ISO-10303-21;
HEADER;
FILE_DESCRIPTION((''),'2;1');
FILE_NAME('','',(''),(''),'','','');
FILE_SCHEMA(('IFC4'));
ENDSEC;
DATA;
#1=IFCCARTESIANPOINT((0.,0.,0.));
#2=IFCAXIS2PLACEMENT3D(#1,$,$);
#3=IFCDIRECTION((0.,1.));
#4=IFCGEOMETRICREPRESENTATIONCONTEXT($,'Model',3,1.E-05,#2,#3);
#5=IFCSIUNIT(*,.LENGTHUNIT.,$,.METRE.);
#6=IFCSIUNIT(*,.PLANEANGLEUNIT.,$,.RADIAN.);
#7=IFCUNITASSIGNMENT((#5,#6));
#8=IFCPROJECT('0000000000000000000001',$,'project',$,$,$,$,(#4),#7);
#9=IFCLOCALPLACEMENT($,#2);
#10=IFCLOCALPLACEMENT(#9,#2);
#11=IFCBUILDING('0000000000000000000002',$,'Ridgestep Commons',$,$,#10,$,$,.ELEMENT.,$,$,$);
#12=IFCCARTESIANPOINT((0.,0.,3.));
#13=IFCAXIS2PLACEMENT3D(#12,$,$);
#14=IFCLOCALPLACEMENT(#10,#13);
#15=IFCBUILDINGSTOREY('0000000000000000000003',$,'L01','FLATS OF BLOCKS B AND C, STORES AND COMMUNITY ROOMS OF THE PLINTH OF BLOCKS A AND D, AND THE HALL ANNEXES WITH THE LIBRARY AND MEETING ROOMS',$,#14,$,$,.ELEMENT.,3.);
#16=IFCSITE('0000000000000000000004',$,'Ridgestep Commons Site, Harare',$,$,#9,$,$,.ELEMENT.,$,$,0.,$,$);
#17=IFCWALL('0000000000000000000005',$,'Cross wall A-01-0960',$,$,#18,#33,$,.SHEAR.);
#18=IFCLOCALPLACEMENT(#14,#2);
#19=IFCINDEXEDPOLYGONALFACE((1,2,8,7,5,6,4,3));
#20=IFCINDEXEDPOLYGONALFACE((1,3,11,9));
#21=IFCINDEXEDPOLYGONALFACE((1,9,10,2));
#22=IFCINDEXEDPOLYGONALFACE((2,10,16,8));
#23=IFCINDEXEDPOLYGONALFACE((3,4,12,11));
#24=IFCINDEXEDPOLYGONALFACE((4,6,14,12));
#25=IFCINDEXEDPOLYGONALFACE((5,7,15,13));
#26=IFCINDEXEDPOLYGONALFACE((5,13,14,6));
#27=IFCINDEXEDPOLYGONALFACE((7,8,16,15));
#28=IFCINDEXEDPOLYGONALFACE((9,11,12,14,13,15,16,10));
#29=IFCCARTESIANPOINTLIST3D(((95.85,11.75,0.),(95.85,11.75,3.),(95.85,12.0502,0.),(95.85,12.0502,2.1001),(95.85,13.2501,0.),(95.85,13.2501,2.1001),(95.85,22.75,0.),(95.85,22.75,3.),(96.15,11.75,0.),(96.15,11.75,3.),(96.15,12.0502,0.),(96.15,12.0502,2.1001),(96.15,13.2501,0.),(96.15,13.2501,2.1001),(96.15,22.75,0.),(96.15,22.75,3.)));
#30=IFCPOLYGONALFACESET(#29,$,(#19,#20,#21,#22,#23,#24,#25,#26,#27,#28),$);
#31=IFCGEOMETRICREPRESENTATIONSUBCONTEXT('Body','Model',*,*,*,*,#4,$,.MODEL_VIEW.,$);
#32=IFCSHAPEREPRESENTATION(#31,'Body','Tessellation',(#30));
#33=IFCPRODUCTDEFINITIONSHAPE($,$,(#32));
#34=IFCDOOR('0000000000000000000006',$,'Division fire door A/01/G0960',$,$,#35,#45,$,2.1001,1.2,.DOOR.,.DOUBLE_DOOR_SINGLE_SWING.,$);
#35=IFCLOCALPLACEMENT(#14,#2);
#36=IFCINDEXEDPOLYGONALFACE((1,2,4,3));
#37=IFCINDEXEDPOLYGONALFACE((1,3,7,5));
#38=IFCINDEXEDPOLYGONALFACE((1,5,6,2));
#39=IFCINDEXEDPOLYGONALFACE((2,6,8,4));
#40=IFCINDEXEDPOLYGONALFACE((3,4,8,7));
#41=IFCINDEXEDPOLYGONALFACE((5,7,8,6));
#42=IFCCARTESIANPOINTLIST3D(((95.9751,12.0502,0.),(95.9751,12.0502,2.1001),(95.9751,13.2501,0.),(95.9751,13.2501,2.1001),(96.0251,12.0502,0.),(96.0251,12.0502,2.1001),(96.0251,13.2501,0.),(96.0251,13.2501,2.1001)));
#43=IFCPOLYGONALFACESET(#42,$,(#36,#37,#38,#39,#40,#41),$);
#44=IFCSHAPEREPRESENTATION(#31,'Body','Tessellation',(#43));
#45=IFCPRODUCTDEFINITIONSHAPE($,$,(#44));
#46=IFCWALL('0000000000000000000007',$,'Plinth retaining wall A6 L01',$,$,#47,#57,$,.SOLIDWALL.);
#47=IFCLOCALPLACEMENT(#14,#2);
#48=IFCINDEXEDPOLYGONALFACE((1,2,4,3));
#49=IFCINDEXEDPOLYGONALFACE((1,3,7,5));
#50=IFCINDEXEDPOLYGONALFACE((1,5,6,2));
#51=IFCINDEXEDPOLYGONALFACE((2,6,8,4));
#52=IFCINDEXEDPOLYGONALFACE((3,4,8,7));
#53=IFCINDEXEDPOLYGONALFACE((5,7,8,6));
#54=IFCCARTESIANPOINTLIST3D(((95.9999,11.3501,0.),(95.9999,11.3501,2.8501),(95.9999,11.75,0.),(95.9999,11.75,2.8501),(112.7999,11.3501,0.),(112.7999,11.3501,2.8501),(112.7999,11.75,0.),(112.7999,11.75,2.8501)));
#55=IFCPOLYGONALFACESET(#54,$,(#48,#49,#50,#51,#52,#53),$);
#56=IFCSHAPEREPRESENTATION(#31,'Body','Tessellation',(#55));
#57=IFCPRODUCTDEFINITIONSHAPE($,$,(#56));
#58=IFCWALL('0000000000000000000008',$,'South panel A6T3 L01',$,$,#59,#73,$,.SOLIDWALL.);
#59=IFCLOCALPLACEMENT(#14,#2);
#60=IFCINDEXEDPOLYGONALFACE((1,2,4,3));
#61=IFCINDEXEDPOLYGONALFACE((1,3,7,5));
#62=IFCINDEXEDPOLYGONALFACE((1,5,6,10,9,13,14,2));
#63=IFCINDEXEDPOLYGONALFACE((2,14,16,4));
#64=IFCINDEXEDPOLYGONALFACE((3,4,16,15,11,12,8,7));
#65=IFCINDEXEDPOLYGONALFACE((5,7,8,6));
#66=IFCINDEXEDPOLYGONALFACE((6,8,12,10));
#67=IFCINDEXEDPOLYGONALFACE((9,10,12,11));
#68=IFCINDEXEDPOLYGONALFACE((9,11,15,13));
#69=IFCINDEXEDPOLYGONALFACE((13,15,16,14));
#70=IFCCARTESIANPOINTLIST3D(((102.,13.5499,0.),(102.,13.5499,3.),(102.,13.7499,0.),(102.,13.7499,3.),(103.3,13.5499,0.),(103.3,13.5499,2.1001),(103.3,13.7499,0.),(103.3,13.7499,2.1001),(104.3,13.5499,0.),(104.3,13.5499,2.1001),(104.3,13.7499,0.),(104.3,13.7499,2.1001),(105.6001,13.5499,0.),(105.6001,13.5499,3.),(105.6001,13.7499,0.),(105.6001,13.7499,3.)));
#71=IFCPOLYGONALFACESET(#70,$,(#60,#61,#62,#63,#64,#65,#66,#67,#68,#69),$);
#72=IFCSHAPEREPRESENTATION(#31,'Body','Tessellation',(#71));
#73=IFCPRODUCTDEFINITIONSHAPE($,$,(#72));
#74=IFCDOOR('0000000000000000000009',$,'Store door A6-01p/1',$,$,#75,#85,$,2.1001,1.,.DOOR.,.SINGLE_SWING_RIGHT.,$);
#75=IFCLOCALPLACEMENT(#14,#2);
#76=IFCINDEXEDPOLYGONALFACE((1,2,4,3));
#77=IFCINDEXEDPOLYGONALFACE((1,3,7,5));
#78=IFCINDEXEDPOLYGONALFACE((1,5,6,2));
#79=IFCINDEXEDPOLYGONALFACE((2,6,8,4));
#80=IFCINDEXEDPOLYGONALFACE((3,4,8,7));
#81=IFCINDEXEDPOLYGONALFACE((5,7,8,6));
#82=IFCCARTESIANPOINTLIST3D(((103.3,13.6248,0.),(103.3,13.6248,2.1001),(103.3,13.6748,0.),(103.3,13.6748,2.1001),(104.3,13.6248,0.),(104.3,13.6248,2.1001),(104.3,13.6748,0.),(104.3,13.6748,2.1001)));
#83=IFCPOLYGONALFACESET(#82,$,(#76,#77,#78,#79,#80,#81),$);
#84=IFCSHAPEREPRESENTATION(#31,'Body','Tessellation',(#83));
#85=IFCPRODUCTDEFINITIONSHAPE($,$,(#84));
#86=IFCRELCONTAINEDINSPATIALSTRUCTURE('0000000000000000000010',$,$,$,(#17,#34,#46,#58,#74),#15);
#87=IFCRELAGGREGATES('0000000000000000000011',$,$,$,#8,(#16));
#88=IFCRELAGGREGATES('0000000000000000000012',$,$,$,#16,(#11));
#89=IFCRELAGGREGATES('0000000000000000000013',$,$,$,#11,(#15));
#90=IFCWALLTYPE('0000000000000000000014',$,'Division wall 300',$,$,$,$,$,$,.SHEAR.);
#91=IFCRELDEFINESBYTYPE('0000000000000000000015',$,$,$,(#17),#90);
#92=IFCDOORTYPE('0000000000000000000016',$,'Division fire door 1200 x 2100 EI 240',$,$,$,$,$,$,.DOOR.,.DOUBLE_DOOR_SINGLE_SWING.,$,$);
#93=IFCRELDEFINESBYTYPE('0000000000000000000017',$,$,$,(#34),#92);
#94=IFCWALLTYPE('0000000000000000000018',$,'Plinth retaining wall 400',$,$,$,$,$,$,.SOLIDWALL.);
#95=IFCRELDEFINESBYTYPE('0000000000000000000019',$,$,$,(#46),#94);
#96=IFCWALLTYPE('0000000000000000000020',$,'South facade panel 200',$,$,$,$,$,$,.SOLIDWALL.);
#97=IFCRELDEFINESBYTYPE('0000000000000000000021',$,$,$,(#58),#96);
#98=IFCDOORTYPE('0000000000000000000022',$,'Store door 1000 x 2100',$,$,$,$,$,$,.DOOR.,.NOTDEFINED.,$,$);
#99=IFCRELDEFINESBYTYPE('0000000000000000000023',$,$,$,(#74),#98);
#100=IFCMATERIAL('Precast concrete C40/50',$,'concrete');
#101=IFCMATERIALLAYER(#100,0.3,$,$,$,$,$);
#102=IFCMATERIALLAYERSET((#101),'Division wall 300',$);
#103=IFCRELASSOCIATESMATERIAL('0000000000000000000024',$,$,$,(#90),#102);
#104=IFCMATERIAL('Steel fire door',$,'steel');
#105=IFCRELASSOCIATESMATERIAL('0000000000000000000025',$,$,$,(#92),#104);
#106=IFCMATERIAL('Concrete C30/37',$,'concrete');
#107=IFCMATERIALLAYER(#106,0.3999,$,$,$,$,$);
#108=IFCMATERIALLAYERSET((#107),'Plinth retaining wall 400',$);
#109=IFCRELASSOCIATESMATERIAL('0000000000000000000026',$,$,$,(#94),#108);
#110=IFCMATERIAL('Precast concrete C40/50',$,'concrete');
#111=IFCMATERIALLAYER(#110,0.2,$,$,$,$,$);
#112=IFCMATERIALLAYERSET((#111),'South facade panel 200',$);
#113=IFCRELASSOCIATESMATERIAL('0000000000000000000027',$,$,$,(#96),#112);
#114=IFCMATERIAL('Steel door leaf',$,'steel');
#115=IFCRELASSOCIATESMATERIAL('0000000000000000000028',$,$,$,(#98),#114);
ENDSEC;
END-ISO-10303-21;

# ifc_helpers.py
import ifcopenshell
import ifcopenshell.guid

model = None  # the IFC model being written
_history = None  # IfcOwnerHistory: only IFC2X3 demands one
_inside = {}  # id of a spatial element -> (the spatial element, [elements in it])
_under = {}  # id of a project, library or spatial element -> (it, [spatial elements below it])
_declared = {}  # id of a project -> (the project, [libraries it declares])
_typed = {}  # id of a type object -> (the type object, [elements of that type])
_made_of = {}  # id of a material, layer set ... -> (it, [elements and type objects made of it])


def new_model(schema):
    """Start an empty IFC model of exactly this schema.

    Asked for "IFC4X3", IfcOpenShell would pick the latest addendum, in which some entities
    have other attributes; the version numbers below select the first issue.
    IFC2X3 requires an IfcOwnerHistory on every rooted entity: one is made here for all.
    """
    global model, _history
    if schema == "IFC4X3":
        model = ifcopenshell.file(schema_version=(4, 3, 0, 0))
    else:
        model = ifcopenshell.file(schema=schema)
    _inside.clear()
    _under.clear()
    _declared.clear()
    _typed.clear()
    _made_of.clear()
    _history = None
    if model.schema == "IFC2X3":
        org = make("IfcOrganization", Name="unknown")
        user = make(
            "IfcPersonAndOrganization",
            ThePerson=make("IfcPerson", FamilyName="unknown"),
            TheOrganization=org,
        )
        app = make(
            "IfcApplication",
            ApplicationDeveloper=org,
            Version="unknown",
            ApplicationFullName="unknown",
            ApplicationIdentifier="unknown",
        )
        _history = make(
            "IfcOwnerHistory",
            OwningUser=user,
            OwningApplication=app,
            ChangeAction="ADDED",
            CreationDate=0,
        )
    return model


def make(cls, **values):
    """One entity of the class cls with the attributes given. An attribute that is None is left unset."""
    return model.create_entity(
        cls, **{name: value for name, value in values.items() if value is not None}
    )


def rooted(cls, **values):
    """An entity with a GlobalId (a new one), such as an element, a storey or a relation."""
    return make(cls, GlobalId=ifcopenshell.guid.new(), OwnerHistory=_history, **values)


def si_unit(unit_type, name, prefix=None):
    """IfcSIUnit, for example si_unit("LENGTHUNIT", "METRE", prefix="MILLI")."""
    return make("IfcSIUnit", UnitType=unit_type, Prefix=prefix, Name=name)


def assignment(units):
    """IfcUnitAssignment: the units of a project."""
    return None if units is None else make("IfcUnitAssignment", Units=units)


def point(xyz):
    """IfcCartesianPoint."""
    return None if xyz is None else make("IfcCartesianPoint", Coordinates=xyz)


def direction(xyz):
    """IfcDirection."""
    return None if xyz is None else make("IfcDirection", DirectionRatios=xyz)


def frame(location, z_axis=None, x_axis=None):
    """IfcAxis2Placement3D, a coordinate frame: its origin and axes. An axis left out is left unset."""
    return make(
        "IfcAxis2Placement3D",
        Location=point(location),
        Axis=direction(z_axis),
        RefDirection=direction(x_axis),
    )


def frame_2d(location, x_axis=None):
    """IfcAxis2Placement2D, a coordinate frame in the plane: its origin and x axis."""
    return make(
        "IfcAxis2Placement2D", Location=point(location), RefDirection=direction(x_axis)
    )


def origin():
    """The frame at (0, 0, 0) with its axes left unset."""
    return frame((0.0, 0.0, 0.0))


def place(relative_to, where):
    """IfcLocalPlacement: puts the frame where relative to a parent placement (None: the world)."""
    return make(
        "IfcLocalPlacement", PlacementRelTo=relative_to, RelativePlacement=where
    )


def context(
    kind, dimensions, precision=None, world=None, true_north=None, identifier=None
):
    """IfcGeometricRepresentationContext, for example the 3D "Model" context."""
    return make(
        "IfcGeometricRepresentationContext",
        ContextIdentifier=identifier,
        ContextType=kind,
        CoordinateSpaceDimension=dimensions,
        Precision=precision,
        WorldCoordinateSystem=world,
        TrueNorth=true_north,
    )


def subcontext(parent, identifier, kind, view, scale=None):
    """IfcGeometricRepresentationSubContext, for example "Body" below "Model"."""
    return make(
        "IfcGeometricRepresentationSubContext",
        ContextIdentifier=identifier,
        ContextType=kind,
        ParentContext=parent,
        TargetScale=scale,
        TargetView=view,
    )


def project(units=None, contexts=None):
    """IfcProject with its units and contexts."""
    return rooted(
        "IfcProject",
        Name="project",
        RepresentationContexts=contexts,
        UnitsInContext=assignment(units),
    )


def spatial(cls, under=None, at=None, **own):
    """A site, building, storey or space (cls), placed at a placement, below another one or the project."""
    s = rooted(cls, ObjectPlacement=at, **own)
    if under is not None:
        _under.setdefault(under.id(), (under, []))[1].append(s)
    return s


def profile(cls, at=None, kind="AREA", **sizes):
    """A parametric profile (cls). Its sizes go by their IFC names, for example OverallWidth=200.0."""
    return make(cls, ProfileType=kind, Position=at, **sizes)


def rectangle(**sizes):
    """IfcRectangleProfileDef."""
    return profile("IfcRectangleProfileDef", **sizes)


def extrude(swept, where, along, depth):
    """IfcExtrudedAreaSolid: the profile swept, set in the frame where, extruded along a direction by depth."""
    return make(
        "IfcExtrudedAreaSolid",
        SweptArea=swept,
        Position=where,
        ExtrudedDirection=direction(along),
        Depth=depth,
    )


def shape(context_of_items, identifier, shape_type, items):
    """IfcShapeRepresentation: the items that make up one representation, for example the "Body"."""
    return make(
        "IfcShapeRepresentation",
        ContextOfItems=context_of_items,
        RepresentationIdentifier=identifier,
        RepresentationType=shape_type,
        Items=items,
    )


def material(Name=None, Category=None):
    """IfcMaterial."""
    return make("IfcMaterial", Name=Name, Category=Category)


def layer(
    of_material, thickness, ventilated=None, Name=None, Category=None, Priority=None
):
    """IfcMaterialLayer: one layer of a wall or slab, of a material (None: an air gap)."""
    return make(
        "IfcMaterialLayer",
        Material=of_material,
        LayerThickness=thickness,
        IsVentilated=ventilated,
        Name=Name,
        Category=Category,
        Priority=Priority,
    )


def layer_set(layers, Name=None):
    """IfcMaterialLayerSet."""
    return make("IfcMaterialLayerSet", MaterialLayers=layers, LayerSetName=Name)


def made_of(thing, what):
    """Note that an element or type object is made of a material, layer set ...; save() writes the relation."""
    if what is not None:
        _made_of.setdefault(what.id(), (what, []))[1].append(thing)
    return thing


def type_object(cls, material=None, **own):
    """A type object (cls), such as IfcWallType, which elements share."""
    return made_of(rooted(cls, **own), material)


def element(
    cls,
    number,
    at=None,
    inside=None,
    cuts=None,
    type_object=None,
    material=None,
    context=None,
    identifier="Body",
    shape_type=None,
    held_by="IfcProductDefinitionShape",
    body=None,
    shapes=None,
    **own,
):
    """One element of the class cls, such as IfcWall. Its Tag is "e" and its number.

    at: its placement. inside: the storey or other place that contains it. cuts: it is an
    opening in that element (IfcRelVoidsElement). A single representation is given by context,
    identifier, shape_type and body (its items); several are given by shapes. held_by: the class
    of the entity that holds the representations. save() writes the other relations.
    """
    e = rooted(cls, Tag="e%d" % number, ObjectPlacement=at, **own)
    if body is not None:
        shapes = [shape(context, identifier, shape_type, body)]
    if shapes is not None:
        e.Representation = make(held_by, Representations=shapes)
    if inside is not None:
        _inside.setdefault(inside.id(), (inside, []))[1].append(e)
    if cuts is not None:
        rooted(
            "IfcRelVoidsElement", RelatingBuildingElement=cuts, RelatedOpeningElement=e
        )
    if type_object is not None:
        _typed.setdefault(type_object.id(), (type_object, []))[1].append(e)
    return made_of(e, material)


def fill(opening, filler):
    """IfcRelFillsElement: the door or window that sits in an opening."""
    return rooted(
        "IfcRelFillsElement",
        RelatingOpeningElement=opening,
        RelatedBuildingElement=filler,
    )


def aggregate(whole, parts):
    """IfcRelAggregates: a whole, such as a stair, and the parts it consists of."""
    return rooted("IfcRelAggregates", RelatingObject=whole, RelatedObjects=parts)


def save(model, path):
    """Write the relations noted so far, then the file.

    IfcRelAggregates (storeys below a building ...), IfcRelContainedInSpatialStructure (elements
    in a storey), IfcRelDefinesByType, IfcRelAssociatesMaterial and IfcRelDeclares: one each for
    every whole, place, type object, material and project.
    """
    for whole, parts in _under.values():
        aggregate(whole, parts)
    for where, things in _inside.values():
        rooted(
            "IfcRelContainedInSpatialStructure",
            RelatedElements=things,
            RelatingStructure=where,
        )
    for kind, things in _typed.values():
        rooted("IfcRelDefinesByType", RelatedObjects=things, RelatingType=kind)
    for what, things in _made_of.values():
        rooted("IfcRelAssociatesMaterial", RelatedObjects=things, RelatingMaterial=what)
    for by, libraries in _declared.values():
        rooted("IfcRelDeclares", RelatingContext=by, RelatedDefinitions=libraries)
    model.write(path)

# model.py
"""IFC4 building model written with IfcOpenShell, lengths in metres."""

from ifc_helpers import new_model, si_unit, direction, frame, frame_2d, origin, place, context, subcontext, project, spatial, rectangle, extrude, material, layer, layer_set, type_object, element, fill, save


model = new_model("IFC4")

# Units and contexts
model_context = context("Model", 3, precision=1e-05, world=origin(), true_north=direction((0.0, 1.0)))
body_context = subcontext(model_context, "Body", "Model", "MODEL_VIEW")
ifc_project = project(units=[si_unit("LENGTHUNIT", "METRE"), si_unit("PLANEANGLEUNIT", "RADIAN")], contexts=[model_context])

# Site, building, storey
site_placement = place(None, origin())
site = spatial("IfcSite", under=ifc_project, at=site_placement, Name="Ridgestep Commons Site, Harare", CompositionType="ELEMENT", RefElevation=0.0)
building_placement = place(site_placement, origin())
building = spatial("IfcBuilding", under=site, at=building_placement, Name="Ridgestep Commons", CompositionType="ELEMENT")
storey_placement = place(building_placement, frame((0.0, 0.0, 3.0)))
storey = spatial("IfcBuildingStorey", under=building, at=storey_placement, Name="L01", Description="FLATS OF BLOCKS B AND C, STORES AND COMMUNITY ROOMS OF THE PLINTH OF BLOCKS A AND D, AND THE HALL ANNEXES WITH THE LIBRARY AND MEETING ROOMS", CompositionType="ELEMENT", Elevation=3.0)

# Wall, opening, door
ifc_material_1 = material(Name="Precast concrete C40/50", Category="concrete")
ifc_layer_1 = layer(ifc_material_1, 0.3)
ifc_layer_set_1 = layer_set([ifc_layer_1], Name="Division wall 300")
wall_type_1 = type_object("IfcWallType", Name="Division wall 300", PredefinedType="SHEAR", material=ifc_layer_set_1)
wall_1_placement = place(storey_placement, frame((96.0, 11.75, 0.0), z_axis=(0.0, 0.0, 1.0), x_axis=(0.0, 1.0, 0.0)))
wall_1 = element("IfcWall", 1, at=wall_1_placement, inside=storey, type_object=wall_type_1, Name="Cross wall A-01-0960", PredefinedType="SHEAR", context=body_context, shape_type="SweptSolid", body=[
    extrude(rectangle(XDim=11.0, YDim=0.3, at=frame_2d((5.5, 0.0))), origin(), (0.0, 0.0, 1.0), 3.0),
])
opening_1_placement = place(wall_1_placement, frame((0.3, 0.0, 0.0)))
opening_1 = element("IfcOpeningElement", 2, at=opening_1_placement, cuts=wall_1, PredefinedType="OPENING", context=body_context, shape_type="SweptSolid", body=[
    extrude(rectangle(XDim=1.2, YDim=2.1001, at=frame_2d((0.6001, 1.05))), frame((0.0, 0.1599, 0.0), z_axis=(0.0, -1.0, 0.0), x_axis=(1.0, 0.0, 0.0)), (0.0, 0.0, 1.0), 0.3201),
])
ifc_material_2 = material(Name="Steel fire door", Category="steel")
door_type_1 = type_object("IfcDoorType", Name="Division fire door 1200 x 2100 EI 240", OperationType="DOUBLE_DOOR_SINGLE_SWING", PredefinedType="DOOR", material=ifc_material_2)
door_1_placement = place(opening_1_placement, origin())
door_1 = element("IfcDoor", 3, at=door_1_placement, inside=storey, type_object=door_type_1, Name="Division fire door A/01/G0960", OperationType="DOUBLE_DOOR_SINGLE_SWING", OverallHeight=2.1001, OverallWidth=1.2, PredefinedType="DOOR", context=body_context, shape_type="SweptSolid", body=[
    extrude(rectangle(XDim=1.2, YDim=2.1001, at=frame_2d((0.6001, 1.05))), frame((0.0, 0.0249, 0.0), z_axis=(0.0, -1.0, 0.0), x_axis=(1.0, 0.0, 0.0)), (0.0, 0.0, 1.0), 0.05),
])
fill(opening_1, door_1)

# Wall
ifc_material_3 = material(Name="Concrete C30/37", Category="concrete")
ifc_layer_2 = layer(ifc_material_3, 0.3999)
ifc_layer_set_2 = layer_set([ifc_layer_2], Name="Plinth retaining wall 400")
wall_type_2 = type_object("IfcWallType", Name="Plinth retaining wall 400", PredefinedType="SOLIDWALL", material=ifc_layer_set_2)
wall_2_placement = place(storey_placement, frame((96.0, 11.55, 0.0), z_axis=(0.0, 0.0, 1.0), x_axis=(1.0, 0.0, 0.0)))
element("IfcWall", 4, at=wall_2_placement, inside=storey, type_object=wall_type_2, Name="Plinth retaining wall A6 L01", PredefinedType="SOLIDWALL", context=body_context, shape_type="SweptSolid", body=[
    extrude(rectangle(XDim=16.8, YDim=0.3999, at=frame_2d((8.3999, 0.0))), origin(), (0.0, 0.0, 1.0), 2.8501),
])

# Wall, opening, door
ifc_material_4 = material(Name="Precast concrete C40/50", Category="concrete")
ifc_layer_3 = layer(ifc_material_4, 0.2)
ifc_layer_set_3 = layer_set([ifc_layer_3], Name="South facade panel 200")
wall_type_3 = type_object("IfcWallType", Name="South facade panel 200", PredefinedType="SOLIDWALL", material=ifc_layer_set_3)
wall_3_placement = place(storey_placement, frame((102.0, 13.6499, 0.0), z_axis=(0.0, 0.0, 1.0), x_axis=(1.0, 0.0, 0.0)))
wall_3 = element("IfcWall", 5, at=wall_3_placement, inside=storey, type_object=wall_type_3, Name="South panel A6T3 L01", PredefinedType="SOLIDWALL", context=body_context, shape_type="SweptSolid", body=[
    extrude(rectangle(XDim=3.6001, YDim=0.2, at=frame_2d((1.8, 0.0))), origin(), (0.0, 0.0, 1.0), 3.0),
])
opening_2_placement = place(wall_3_placement, frame((1.3, 0.0, 0.0)))
opening_2 = element("IfcOpeningElement", 6, at=opening_2_placement, cuts=wall_3, PredefinedType="OPENING", context=body_context, shape_type="SweptSolid", body=[
    extrude(rectangle(XDim=1.0, YDim=2.1001, at=frame_2d((0.5, 1.05))), frame((0.0, 0.1099, 0.0), z_axis=(0.0, -1.0, 0.0), x_axis=(1.0, 0.0, 0.0)), (0.0, 0.0, 1.0), 0.22),
])
ifc_material_5 = material(Name="Steel door leaf", Category="steel")
door_type_2 = type_object("IfcDoorType", Name="Store door 1000 x 2100", OperationType="NOTDEFINED", PredefinedType="DOOR", material=ifc_material_5)
door_2_placement = place(opening_2_placement, origin())
door_2 = element("IfcDoor", 7, at=door_2_placement, inside=storey, type_object=door_type_2, Name="Store door A6-01p/1", OperationType="SINGLE_SWING_RIGHT", OverallHeight=2.1001, OverallWidth=1.0, PredefinedType="DOOR", context=body_context, shape_type="SweptSolid", body=[
    extrude(rectangle(XDim=1.0, YDim=2.1001, at=frame_2d((0.5, 1.05))), frame((0.0, 0.0249, 0.0), z_axis=(0.0, -1.0, 0.0), x_axis=(1.0, 0.0, 0.0)), (0.0, 0.0, 1.0), 0.05),
])
fill(opening_2, door_2)

save(model, "model.ifc")
